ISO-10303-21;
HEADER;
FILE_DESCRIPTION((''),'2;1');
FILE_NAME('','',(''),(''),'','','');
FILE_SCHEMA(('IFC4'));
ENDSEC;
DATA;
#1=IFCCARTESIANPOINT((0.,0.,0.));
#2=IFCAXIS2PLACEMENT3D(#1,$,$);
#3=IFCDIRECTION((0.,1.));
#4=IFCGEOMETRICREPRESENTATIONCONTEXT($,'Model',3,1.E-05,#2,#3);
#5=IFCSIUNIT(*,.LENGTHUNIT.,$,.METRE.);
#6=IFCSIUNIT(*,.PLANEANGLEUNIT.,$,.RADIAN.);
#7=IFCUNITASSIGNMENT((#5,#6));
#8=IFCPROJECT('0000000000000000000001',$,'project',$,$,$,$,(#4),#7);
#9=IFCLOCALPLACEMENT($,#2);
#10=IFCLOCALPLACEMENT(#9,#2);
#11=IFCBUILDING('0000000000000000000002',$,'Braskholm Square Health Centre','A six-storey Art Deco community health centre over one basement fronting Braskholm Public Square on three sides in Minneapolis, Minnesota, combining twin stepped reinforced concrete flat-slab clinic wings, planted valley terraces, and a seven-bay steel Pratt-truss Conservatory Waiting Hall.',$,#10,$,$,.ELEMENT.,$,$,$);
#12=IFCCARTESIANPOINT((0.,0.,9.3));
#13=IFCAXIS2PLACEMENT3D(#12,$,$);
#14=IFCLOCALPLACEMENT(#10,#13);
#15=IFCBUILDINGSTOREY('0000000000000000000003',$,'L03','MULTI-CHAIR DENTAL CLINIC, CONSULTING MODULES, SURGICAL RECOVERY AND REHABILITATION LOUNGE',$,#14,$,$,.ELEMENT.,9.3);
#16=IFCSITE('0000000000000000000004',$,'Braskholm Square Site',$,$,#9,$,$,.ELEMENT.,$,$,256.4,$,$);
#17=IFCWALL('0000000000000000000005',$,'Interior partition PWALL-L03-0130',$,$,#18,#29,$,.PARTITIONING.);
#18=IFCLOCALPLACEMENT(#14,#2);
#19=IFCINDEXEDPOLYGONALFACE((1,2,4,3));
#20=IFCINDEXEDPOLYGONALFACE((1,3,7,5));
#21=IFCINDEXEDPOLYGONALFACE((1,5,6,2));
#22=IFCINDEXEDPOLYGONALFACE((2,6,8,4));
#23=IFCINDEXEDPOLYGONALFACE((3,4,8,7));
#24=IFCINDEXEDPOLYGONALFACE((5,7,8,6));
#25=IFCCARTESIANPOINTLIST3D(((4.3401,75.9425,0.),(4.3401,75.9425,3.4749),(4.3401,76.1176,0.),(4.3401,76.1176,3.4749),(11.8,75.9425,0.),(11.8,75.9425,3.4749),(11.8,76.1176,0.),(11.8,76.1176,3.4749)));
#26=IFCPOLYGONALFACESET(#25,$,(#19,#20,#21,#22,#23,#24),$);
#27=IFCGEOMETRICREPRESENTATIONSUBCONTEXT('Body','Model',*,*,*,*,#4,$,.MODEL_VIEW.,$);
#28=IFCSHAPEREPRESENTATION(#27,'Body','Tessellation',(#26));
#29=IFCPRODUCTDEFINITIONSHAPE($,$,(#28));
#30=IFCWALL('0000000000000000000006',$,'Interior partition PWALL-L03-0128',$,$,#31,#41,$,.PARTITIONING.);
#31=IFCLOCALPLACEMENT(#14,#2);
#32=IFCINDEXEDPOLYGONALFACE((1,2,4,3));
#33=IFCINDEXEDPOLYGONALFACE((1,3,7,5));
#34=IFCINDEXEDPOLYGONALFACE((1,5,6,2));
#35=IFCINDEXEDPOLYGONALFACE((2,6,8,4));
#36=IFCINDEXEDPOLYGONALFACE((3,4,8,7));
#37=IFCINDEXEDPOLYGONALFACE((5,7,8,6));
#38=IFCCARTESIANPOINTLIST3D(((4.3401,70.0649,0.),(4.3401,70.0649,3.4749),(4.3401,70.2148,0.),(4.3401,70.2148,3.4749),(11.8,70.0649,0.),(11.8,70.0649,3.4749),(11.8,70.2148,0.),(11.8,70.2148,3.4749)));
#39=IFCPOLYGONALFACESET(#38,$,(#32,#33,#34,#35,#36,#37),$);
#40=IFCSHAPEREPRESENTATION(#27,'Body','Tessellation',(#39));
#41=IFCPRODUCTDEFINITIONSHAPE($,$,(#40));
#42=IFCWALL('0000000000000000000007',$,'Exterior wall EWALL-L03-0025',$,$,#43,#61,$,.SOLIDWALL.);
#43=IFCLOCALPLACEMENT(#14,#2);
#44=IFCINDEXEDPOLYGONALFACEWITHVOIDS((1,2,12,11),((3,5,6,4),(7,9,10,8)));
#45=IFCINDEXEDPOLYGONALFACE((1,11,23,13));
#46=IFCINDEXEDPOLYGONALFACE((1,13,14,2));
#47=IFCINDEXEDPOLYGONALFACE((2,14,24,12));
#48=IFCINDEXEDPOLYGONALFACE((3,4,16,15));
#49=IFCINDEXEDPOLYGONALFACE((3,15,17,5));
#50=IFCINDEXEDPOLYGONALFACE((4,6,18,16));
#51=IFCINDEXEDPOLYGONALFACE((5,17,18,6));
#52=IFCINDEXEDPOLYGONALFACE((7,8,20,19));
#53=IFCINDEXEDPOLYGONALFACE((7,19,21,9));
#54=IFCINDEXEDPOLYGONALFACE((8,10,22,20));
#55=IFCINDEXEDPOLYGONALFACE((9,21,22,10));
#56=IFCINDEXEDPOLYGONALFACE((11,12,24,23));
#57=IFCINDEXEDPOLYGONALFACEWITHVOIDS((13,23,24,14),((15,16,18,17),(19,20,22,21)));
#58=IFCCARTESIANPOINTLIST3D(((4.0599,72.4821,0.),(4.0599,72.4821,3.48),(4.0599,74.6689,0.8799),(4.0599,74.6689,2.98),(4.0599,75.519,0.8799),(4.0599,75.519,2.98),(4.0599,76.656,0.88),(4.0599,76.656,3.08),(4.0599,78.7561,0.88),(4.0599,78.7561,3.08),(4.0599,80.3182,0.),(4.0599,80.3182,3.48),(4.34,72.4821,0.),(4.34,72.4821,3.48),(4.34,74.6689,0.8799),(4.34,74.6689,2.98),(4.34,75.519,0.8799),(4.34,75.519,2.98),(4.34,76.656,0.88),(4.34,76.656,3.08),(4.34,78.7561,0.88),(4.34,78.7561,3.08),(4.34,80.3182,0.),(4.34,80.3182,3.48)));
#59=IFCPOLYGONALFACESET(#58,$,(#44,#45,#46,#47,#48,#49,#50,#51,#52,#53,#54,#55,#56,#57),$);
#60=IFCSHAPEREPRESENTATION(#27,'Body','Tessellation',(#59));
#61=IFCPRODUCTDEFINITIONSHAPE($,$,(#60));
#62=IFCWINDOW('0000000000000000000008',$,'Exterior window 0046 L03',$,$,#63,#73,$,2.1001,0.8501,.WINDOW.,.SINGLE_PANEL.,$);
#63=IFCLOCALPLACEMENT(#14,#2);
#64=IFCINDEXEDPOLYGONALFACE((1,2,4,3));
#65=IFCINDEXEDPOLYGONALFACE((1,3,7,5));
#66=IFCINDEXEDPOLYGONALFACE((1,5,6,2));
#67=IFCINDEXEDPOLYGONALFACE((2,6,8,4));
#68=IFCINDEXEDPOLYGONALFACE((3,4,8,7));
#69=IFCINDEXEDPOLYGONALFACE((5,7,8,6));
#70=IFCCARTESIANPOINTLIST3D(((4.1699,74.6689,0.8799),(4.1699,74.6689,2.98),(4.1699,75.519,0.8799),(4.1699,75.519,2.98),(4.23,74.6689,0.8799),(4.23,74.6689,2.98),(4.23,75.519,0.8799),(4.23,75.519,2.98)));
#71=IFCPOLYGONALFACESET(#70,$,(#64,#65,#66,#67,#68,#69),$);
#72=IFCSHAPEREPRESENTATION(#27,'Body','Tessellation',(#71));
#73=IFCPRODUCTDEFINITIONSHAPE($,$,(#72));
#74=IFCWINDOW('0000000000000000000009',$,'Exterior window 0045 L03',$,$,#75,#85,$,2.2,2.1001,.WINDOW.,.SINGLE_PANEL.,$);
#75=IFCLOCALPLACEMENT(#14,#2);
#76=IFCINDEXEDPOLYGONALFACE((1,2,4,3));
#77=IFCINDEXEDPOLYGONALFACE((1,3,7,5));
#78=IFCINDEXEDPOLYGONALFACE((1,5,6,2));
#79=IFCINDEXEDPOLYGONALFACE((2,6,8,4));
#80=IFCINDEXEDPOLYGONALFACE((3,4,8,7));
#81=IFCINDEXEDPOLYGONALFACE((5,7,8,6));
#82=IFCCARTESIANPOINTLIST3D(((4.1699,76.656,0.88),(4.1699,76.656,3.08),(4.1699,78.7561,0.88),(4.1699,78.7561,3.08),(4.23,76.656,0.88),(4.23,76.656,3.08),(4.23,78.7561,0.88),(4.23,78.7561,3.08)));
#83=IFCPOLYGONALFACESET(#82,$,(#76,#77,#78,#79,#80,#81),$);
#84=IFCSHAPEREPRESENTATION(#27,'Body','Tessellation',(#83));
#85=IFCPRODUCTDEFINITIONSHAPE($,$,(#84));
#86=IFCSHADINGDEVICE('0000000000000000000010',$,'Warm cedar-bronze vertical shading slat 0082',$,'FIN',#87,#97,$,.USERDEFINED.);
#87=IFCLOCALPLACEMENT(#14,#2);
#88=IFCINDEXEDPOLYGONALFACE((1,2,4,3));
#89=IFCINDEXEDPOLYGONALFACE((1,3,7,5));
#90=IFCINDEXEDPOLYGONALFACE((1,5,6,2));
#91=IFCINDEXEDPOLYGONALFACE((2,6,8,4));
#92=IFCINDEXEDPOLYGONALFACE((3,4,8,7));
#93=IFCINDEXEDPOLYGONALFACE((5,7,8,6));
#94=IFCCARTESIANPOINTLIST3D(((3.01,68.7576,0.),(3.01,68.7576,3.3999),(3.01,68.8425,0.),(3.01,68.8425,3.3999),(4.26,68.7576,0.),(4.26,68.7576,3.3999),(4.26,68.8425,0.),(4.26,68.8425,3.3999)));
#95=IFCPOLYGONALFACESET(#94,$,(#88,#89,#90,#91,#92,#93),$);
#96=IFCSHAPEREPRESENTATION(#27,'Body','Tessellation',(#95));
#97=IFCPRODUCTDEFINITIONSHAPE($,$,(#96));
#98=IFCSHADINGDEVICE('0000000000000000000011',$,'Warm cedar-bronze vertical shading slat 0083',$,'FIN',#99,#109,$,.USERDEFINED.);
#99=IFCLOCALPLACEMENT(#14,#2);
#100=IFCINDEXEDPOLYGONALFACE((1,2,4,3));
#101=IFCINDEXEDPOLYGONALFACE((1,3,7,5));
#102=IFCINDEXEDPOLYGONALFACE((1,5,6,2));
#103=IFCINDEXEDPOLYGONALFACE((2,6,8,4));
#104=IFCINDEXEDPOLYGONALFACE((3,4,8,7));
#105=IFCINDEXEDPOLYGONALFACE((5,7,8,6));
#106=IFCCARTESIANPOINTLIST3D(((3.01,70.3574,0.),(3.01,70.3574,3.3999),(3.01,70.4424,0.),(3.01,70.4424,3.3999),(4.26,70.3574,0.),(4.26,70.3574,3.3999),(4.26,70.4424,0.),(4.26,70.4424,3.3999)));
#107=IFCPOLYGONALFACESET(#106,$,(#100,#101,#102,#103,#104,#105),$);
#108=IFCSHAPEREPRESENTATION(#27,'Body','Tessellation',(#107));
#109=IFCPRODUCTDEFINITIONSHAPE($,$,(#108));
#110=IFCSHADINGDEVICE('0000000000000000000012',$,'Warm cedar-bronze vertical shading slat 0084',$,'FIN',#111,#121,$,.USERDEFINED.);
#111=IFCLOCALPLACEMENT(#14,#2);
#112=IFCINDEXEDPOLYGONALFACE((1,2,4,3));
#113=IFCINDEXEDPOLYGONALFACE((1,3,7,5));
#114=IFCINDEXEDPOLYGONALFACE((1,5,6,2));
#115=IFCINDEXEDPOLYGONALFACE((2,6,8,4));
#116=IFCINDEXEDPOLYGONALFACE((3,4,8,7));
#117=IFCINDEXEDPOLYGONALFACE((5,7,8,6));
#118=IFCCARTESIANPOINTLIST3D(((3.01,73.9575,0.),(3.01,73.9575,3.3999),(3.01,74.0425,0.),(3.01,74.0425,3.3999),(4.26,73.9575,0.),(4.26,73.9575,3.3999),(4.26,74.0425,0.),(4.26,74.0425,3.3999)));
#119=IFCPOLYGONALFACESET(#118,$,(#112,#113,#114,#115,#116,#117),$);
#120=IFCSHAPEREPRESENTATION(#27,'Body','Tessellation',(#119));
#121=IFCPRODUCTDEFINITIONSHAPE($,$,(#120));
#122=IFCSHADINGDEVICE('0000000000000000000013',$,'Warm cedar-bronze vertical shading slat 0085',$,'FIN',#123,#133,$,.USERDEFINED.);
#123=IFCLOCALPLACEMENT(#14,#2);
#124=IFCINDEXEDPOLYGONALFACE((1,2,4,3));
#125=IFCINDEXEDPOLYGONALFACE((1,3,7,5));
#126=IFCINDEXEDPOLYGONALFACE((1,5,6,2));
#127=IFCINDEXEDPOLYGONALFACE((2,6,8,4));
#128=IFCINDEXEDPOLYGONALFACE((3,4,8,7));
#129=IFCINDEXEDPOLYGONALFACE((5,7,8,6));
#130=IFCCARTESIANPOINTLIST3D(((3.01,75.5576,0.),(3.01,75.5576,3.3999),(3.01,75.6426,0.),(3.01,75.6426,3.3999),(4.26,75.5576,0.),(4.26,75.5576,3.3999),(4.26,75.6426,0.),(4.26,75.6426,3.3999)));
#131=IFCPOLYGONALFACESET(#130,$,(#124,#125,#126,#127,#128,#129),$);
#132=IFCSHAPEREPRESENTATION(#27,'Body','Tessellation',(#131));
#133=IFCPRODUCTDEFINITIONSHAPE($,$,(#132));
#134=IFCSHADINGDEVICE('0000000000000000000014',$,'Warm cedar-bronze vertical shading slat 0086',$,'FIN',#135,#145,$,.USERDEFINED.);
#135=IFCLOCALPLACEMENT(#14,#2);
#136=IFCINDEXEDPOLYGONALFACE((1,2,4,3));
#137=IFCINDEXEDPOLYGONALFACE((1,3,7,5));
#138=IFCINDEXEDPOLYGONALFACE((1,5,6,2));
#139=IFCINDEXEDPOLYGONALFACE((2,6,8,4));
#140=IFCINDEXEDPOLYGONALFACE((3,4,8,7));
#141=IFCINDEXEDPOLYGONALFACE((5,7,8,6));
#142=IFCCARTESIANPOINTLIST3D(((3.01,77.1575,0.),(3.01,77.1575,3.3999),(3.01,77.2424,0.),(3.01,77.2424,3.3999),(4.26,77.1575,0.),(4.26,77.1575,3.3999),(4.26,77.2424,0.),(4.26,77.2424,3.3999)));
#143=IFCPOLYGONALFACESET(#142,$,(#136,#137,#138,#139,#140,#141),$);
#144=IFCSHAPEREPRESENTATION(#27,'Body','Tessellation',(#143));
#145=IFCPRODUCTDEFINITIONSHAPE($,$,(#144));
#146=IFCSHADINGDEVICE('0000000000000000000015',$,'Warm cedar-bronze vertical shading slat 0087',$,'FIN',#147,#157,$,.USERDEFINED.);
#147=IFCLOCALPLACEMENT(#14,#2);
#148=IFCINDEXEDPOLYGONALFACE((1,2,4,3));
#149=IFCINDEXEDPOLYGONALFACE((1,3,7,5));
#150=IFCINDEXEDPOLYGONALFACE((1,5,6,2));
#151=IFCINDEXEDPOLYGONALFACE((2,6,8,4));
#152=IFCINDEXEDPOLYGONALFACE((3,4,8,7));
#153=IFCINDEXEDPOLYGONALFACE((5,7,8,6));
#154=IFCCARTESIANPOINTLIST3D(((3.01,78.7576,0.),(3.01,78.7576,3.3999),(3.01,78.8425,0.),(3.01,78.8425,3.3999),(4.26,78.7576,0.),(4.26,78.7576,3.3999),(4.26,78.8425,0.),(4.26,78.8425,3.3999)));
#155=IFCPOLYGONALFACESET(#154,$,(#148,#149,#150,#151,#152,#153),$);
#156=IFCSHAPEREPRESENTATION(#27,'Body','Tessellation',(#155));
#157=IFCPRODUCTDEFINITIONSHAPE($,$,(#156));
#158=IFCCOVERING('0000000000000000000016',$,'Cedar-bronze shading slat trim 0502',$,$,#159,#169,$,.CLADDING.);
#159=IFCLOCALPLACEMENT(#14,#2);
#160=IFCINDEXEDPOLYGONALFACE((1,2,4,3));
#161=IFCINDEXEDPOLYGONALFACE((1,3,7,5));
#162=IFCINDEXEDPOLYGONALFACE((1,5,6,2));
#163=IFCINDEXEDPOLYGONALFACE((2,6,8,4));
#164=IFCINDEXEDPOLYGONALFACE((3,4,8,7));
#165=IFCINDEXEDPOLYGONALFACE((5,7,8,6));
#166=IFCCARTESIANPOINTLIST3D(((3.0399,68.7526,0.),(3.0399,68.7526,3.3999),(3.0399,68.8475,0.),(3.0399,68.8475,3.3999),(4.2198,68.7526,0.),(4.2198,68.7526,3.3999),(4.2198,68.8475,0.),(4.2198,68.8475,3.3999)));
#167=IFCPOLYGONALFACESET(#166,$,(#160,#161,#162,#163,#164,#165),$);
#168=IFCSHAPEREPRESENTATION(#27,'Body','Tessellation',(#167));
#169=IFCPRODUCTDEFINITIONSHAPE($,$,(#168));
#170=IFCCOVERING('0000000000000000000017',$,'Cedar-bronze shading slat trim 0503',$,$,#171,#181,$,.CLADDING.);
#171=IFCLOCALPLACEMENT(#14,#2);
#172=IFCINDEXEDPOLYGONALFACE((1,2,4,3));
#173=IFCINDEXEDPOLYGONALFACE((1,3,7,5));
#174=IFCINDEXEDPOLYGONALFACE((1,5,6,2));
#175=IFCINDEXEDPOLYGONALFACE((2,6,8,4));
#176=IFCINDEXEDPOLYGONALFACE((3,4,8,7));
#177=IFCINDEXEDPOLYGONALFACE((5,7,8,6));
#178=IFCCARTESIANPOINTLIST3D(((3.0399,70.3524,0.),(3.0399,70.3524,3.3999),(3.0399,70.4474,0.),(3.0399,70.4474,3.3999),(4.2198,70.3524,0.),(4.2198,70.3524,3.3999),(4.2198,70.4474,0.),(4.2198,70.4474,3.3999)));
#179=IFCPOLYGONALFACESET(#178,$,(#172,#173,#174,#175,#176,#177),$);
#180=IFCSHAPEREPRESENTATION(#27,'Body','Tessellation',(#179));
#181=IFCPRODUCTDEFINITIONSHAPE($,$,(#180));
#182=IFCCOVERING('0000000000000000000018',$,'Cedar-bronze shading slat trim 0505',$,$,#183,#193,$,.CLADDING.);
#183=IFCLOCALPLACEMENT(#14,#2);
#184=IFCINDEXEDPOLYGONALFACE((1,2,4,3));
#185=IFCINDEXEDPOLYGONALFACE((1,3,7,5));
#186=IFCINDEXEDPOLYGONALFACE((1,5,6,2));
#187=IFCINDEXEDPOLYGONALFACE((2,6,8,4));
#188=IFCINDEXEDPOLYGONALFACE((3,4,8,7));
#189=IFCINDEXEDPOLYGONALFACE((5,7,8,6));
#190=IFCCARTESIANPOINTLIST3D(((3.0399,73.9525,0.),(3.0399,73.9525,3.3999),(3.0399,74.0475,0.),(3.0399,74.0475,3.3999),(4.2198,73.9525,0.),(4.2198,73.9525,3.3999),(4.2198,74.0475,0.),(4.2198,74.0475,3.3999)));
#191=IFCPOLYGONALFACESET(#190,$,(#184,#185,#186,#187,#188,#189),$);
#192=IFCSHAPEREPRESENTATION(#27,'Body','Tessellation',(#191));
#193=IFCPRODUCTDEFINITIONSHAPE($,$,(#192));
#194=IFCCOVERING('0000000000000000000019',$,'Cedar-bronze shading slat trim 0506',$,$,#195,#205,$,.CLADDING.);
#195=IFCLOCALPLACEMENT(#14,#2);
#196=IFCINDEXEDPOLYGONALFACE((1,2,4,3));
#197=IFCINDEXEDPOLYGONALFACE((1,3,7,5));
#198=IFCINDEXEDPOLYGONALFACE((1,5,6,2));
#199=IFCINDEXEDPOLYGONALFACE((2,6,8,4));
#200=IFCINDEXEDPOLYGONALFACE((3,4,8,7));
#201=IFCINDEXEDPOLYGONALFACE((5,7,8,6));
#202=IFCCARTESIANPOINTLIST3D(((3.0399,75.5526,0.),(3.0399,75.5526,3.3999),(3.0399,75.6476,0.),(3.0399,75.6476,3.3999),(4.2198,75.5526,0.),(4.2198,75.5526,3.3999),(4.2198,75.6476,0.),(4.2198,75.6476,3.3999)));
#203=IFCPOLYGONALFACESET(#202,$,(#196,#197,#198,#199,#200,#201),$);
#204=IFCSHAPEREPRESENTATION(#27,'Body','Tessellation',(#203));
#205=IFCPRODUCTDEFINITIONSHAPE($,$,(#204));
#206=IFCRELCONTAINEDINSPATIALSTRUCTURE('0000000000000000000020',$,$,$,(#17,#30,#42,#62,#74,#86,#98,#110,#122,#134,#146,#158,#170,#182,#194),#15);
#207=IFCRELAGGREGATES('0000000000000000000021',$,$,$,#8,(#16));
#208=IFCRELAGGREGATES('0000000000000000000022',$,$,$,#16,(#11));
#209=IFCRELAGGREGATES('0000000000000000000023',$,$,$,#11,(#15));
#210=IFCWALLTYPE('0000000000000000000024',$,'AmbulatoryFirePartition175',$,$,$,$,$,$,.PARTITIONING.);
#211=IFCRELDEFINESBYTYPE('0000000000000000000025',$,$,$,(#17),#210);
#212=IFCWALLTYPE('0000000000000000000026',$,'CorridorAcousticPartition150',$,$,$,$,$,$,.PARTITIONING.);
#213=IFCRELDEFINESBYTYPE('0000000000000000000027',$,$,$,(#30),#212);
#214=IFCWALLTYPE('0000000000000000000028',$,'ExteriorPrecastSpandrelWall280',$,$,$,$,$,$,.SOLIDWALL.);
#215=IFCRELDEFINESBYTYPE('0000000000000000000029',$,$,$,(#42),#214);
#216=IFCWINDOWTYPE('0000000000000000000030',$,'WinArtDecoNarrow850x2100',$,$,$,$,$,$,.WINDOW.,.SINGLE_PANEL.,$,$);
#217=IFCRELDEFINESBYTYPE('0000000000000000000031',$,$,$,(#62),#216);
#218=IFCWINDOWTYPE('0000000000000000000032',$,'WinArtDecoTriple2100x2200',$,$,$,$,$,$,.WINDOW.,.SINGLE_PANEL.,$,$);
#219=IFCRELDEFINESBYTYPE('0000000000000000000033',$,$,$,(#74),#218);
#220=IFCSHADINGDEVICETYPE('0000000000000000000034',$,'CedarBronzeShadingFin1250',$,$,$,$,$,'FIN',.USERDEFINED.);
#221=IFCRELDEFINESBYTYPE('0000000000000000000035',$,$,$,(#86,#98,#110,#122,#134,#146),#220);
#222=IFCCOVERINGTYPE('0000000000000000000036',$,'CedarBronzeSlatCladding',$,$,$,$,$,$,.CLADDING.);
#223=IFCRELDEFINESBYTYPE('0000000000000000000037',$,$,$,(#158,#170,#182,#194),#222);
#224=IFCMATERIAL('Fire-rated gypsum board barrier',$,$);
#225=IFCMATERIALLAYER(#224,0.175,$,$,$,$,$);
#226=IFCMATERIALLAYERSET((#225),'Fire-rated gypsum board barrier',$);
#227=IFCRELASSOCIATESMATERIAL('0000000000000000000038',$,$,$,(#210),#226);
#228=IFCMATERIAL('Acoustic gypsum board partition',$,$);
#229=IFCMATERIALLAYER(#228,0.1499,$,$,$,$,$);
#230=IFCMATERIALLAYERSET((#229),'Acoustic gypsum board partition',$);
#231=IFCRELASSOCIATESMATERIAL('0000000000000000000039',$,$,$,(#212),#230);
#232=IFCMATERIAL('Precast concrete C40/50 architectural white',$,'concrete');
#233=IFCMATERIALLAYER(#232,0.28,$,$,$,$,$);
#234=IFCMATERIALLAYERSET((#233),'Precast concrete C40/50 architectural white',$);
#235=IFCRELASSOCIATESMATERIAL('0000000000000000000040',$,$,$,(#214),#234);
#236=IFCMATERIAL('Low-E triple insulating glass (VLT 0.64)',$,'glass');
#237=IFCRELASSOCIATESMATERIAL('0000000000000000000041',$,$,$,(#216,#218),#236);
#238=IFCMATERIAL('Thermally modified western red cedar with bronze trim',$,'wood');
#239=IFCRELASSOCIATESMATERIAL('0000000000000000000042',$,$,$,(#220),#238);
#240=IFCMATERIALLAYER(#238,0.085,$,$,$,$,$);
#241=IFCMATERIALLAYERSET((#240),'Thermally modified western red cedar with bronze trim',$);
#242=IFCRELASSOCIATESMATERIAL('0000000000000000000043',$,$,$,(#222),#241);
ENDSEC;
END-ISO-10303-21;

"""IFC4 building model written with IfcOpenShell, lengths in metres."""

from ifc_helpers import new_model, si_unit, direction, frame, frame_2d, origin, origin_with_axes, origin_2d, place, context, subcontext, project, spatial, rectangle, extrude, material, layer, layer_set, type_object, element, fill, save


model = new_model("IFC4")

# Units and contexts
model_context = context("Model", 3, precision=1e-05, world=origin(), true_north=direction((0.0, 1.0)))
body_context = subcontext(model_context, "Body", "Model", "MODEL_VIEW")
ifc_project = project(units=[si_unit("LENGTHUNIT", "METRE"), si_unit("PLANEANGLEUNIT", "RADIAN")], contexts=[model_context])

# Site, building, storey
site_placement = place(None, origin())
site = spatial("IfcSite", under=ifc_project, at=site_placement, Name="Braskholm Square Site", CompositionType="ELEMENT", RefElevation=256.4)
building_placement = place(site_placement, origin())
building = spatial("IfcBuilding", under=site, at=building_placement, Name="Braskholm Square Health Centre", Description="A six-storey Art Deco community health centre over one basement fronting Braskholm Public Square on three sides in Minneapolis, Minnesota, combining twin stepped reinforced concrete flat-slab clinic wings, planted valley terraces, and a seven-bay steel Pratt-truss Conservatory Waiting Hall.", CompositionType="ELEMENT")
storey_placement = place(building_placement, frame((0.0, 0.0, 9.3)))
storey = spatial("IfcBuildingStorey", under=building, at=storey_placement, Name="L03", Description="MULTI-CHAIR DENTAL CLINIC, CONSULTING MODULES, SURGICAL RECOVERY AND REHABILITATION LOUNGE", CompositionType="ELEMENT", Elevation=9.3)

# Shared definitions
ifc_material_1 = material(Name="Precast concrete C40/50 architectural white", Category="concrete")

# Shared definitions
ifc_material_2 = material(Name="Low-E triple insulating glass (VLT 0.64)", Category="glass")

# Walls
ifc_material_3 = material(Name="Fire-rated gypsum board barrier")
ifc_layer_1 = layer(ifc_material_3, 0.175)
ifc_layer_set_1 = layer_set([ifc_layer_1], Name="Fire-rated gypsum board barrier")
wall_type_1 = type_object("IfcWallType", Name="AmbulatoryFirePartition175", PredefinedType="PARTITIONING", material=ifc_layer_set_1)
wall_1_placement = place(storey_placement, frame((4.3401, 76.03, 0.0), z_axis=(0.0, 0.0, 1.0), x_axis=(1.0, 0.0, 0.0)))
element("IfcWall", 1, at=wall_1_placement, inside=storey, type_object=wall_type_1, Name="Interior partition PWALL-L03-0130", PredefinedType="PARTITIONING", context=body_context, shape_type="SweptSolid", body=[
    extrude(rectangle(XDim=7.46, YDim=0.175, at=frame_2d((3.73, 0.0))), origin(), (0.0, 0.0, 1.0), 3.4749),
])
ifc_material_4 = material(Name="Acoustic gypsum board partition")
ifc_layer_2 = layer(ifc_material_4, 0.1499)
ifc_layer_set_2 = layer_set([ifc_layer_2], Name="Acoustic gypsum board partition")
wall_type_2 = type_object("IfcWallType", Name="CorridorAcousticPartition150", PredefinedType="PARTITIONING", material=ifc_layer_set_2)
wall_2_placement = place(storey_placement, frame((4.3401, 70.1399, 0.0), z_axis=(0.0, 0.0, 1.0), x_axis=(1.0, 0.0, 0.0)))
element("IfcWall", 2, at=wall_2_placement, inside=storey, type_object=wall_type_2, Name="Interior partition PWALL-L03-0128", PredefinedType="PARTITIONING", context=body_context, shape_type="SweptSolid", body=[
    extrude(rectangle(XDim=7.46, YDim=0.1499, at=frame_2d((3.73, 0.0))), origin(), (0.0, 0.0, 1.0), 3.4749),
])

# Wall, openings, windows
ifc_layer_3 = layer(ifc_material_1, 0.28)
ifc_layer_set_3 = layer_set([ifc_layer_3], Name="Precast concrete C40/50 architectural white")
wall_type_3 = type_object("IfcWallType", Name="ExteriorPrecastSpandrelWall280", PredefinedType="SOLIDWALL", material=ifc_layer_set_3)
wall_3_placement = place(storey_placement, frame((4.2, 80.3181, 0.0), z_axis=(0.0, 0.0, 1.0), x_axis=(0.0, -1.0, 0.0)))
wall_3 = element("IfcWall", 3, at=wall_3_placement, inside=storey, type_object=wall_type_3, Name="Exterior wall EWALL-L03-0025", PredefinedType="SOLIDWALL", context=body_context, shape_type="SweptSolid", body=[
    extrude(rectangle(XDim=7.8362, YDim=0.28, at=frame_2d((3.918, 0.0))), origin(), (0.0, 0.0, 1.0), 3.48),
])
opening_1_placement = place(wall_3_placement, frame((1.562, 0.0, 0.8799)))
opening_1 = element("IfcOpeningElement", 4, at=opening_1_placement, cuts=wall_3, PredefinedType="OPENING", context=body_context, shape_type="SweptSolid", body=[
    extrude(rectangle(XDim=2.1001, YDim=2.2, at=frame_2d((1.05, 1.1001))), frame((0.0, 0.1499, 0.0), z_axis=(0.0, -1.0, 0.0), x_axis=(1.0, 0.0, 0.0)), (0.0, 0.0, 1.0), 0.3),
])
opening_2_placement = place(wall_3_placement, frame((4.7991, 0.0, 0.8799)))
opening_2 = element("IfcOpeningElement", 5, at=opening_2_placement, cuts=wall_3, PredefinedType="OPENING", context=body_context, shape_type="SweptSolid", body=[
    extrude(rectangle(XDim=0.8501, YDim=2.1001, at=frame_2d((0.425, 1.05))), frame((0.0, 0.1499, 0.0), z_axis=(0.0, -1.0, 0.0), x_axis=(1.0, 0.0, 0.0)), (0.0, 0.0, 1.0), 0.3),
])
window_type_1 = type_object("IfcWindowType", Name="WinArtDecoNarrow850x2100", PartitioningType="SINGLE_PANEL", PredefinedType="WINDOW", material=ifc_material_2)
window_1_placement = place(opening_2_placement, origin_with_axes())
window_1 = element("IfcWindow", 6, at=window_1_placement, inside=storey, type_object=window_type_1, Name="Exterior window 0046 L03", OverallHeight=2.1001, OverallWidth=0.8501, PartitioningType="SINGLE_PANEL", PredefinedType="WINDOW", context=body_context, shape_type="SweptSolid", body=[
    extrude(rectangle(XDim=0.8501, YDim=2.1001, at=frame_2d((0.425, 1.05))), frame((0.0, 0.03, 0.0), z_axis=(0.0, -1.0, 0.0), x_axis=(1.0, 0.0, 0.0)), (0.0, 0.0, 1.0), 0.0601),
])
fill(opening_2, window_1)
window_type_2 = type_object("IfcWindowType", Name="WinArtDecoTriple2100x2200", PartitioningType="SINGLE_PANEL", PredefinedType="WINDOW", material=ifc_material_2)
window_2_placement = place(opening_1_placement, origin_with_axes())
window_2 = element("IfcWindow", 7, at=window_2_placement, inside=storey, type_object=window_type_2, Name="Exterior window 0045 L03", OverallHeight=2.2, OverallWidth=2.1001, PartitioningType="SINGLE_PANEL", PredefinedType="WINDOW", context=body_context, shape_type="SweptSolid", body=[
    extrude(rectangle(XDim=2.1001, YDim=2.2, at=frame_2d((1.05, 1.1001))), frame((0.0, 0.03, 0.0), z_axis=(0.0, -1.0, 0.0), x_axis=(1.0, 0.0, 0.0)), (0.0, 0.0, 1.0), 0.0601),
])
fill(opening_1, window_2)

# Shading devices
ifc_material_5 = material(Name="Thermally modified western red cedar with bronze trim", Category="wood")
shading_device_type = type_object("IfcShadingDeviceType", Name="CedarBronzeShadingFin1250", ElementType="FIN", PredefinedType="USERDEFINED", material=ifc_material_5)
for number, where, z_axis, x_axis, name in (
    (8, (3.635, 68.8, 0.0), (0.0, 0.0, 1.0), (1.0, 0.0, 0.0), "Warm cedar-bronze vertical shading slat 0082"),
    (9, (3.635, 70.3999, 0.0), (0.0, 0.0, 1.0), (1.0, 0.0, 0.0), "Warm cedar-bronze vertical shading slat 0083"),
    (10, (3.635, 74.0, 0.0), (0.0, 0.0, 1.0), (1.0, 0.0, 0.0), "Warm cedar-bronze vertical shading slat 0084"),
    (11, (3.635, 75.6001, 0.0), (0.0, 0.0, 1.0), (1.0, 0.0, 0.0), "Warm cedar-bronze vertical shading slat 0085"),
    (12, (3.635, 77.2, 0.0), (0.0, 0.0, 1.0), (1.0, 0.0, 0.0), "Warm cedar-bronze vertical shading slat 0086"),
    (13, (3.635, 78.8, 0.0), (0.0, 0.0, 1.0), (1.0, 0.0, 0.0), "Warm cedar-bronze vertical shading slat 0087"),
):
    element("IfcShadingDevice", number, at=place(storey_placement, frame(where, z_axis=z_axis, x_axis=x_axis)), inside=storey, type_object=shading_device_type, Name=name, ObjectType="FIN", PredefinedType="USERDEFINED", context=body_context, shape_type="SweptSolid", body=[
        extrude(rectangle(XDim=1.25, YDim=0.085, at=origin_2d()), origin(), (0.0, 0.0, 1.0), 3.3999),
    ])

# Coverings
ifc_layer_4 = layer(ifc_material_5, 0.085)
ifc_layer_set_4 = layer_set([ifc_layer_4], Name="Thermally modified western red cedar with bronze trim")
covering_type_1 = type_object("IfcCoveringType", Name="CedarBronzeSlatCladding", PredefinedType="CLADDING", material=ifc_layer_set_4)
for number, where, z_axis, x_axis, name in (
    (14, (3.6299, 68.8, 0.0), (0.0, 0.0, 1.0), (1.0, 0.0, 0.0), "Cedar-bronze shading slat trim 0502"),
    (15, (3.6299, 70.3999, 0.0), (0.0, 0.0, 1.0), (1.0, 0.0, 0.0), "Cedar-bronze shading slat trim 0503"),
    (16, (3.6299, 74.0, 0.0), (0.0, 0.0, 1.0), (1.0, 0.0, 0.0), "Cedar-bronze shading slat trim 0505"),
    (17, (3.6299, 75.6001, 0.0), (0.0, 0.0, 1.0), (1.0, 0.0, 0.0), "Cedar-bronze shading slat trim 0506"),
):
    element("IfcCovering", number, at=place(storey_placement, frame(where, z_axis=z_axis, x_axis=x_axis)), inside=storey, type_object=covering_type_1, Name=name, PredefinedType="CLADDING", context=body_context, shape_type="SweptSolid", body=[
        extrude(rectangle(XDim=1.1799, YDim=0.095, at=origin_2d()), origin(), (0.0, 0.0, 1.0), 3.3999),
    ])

save(model, "model.ifc")
